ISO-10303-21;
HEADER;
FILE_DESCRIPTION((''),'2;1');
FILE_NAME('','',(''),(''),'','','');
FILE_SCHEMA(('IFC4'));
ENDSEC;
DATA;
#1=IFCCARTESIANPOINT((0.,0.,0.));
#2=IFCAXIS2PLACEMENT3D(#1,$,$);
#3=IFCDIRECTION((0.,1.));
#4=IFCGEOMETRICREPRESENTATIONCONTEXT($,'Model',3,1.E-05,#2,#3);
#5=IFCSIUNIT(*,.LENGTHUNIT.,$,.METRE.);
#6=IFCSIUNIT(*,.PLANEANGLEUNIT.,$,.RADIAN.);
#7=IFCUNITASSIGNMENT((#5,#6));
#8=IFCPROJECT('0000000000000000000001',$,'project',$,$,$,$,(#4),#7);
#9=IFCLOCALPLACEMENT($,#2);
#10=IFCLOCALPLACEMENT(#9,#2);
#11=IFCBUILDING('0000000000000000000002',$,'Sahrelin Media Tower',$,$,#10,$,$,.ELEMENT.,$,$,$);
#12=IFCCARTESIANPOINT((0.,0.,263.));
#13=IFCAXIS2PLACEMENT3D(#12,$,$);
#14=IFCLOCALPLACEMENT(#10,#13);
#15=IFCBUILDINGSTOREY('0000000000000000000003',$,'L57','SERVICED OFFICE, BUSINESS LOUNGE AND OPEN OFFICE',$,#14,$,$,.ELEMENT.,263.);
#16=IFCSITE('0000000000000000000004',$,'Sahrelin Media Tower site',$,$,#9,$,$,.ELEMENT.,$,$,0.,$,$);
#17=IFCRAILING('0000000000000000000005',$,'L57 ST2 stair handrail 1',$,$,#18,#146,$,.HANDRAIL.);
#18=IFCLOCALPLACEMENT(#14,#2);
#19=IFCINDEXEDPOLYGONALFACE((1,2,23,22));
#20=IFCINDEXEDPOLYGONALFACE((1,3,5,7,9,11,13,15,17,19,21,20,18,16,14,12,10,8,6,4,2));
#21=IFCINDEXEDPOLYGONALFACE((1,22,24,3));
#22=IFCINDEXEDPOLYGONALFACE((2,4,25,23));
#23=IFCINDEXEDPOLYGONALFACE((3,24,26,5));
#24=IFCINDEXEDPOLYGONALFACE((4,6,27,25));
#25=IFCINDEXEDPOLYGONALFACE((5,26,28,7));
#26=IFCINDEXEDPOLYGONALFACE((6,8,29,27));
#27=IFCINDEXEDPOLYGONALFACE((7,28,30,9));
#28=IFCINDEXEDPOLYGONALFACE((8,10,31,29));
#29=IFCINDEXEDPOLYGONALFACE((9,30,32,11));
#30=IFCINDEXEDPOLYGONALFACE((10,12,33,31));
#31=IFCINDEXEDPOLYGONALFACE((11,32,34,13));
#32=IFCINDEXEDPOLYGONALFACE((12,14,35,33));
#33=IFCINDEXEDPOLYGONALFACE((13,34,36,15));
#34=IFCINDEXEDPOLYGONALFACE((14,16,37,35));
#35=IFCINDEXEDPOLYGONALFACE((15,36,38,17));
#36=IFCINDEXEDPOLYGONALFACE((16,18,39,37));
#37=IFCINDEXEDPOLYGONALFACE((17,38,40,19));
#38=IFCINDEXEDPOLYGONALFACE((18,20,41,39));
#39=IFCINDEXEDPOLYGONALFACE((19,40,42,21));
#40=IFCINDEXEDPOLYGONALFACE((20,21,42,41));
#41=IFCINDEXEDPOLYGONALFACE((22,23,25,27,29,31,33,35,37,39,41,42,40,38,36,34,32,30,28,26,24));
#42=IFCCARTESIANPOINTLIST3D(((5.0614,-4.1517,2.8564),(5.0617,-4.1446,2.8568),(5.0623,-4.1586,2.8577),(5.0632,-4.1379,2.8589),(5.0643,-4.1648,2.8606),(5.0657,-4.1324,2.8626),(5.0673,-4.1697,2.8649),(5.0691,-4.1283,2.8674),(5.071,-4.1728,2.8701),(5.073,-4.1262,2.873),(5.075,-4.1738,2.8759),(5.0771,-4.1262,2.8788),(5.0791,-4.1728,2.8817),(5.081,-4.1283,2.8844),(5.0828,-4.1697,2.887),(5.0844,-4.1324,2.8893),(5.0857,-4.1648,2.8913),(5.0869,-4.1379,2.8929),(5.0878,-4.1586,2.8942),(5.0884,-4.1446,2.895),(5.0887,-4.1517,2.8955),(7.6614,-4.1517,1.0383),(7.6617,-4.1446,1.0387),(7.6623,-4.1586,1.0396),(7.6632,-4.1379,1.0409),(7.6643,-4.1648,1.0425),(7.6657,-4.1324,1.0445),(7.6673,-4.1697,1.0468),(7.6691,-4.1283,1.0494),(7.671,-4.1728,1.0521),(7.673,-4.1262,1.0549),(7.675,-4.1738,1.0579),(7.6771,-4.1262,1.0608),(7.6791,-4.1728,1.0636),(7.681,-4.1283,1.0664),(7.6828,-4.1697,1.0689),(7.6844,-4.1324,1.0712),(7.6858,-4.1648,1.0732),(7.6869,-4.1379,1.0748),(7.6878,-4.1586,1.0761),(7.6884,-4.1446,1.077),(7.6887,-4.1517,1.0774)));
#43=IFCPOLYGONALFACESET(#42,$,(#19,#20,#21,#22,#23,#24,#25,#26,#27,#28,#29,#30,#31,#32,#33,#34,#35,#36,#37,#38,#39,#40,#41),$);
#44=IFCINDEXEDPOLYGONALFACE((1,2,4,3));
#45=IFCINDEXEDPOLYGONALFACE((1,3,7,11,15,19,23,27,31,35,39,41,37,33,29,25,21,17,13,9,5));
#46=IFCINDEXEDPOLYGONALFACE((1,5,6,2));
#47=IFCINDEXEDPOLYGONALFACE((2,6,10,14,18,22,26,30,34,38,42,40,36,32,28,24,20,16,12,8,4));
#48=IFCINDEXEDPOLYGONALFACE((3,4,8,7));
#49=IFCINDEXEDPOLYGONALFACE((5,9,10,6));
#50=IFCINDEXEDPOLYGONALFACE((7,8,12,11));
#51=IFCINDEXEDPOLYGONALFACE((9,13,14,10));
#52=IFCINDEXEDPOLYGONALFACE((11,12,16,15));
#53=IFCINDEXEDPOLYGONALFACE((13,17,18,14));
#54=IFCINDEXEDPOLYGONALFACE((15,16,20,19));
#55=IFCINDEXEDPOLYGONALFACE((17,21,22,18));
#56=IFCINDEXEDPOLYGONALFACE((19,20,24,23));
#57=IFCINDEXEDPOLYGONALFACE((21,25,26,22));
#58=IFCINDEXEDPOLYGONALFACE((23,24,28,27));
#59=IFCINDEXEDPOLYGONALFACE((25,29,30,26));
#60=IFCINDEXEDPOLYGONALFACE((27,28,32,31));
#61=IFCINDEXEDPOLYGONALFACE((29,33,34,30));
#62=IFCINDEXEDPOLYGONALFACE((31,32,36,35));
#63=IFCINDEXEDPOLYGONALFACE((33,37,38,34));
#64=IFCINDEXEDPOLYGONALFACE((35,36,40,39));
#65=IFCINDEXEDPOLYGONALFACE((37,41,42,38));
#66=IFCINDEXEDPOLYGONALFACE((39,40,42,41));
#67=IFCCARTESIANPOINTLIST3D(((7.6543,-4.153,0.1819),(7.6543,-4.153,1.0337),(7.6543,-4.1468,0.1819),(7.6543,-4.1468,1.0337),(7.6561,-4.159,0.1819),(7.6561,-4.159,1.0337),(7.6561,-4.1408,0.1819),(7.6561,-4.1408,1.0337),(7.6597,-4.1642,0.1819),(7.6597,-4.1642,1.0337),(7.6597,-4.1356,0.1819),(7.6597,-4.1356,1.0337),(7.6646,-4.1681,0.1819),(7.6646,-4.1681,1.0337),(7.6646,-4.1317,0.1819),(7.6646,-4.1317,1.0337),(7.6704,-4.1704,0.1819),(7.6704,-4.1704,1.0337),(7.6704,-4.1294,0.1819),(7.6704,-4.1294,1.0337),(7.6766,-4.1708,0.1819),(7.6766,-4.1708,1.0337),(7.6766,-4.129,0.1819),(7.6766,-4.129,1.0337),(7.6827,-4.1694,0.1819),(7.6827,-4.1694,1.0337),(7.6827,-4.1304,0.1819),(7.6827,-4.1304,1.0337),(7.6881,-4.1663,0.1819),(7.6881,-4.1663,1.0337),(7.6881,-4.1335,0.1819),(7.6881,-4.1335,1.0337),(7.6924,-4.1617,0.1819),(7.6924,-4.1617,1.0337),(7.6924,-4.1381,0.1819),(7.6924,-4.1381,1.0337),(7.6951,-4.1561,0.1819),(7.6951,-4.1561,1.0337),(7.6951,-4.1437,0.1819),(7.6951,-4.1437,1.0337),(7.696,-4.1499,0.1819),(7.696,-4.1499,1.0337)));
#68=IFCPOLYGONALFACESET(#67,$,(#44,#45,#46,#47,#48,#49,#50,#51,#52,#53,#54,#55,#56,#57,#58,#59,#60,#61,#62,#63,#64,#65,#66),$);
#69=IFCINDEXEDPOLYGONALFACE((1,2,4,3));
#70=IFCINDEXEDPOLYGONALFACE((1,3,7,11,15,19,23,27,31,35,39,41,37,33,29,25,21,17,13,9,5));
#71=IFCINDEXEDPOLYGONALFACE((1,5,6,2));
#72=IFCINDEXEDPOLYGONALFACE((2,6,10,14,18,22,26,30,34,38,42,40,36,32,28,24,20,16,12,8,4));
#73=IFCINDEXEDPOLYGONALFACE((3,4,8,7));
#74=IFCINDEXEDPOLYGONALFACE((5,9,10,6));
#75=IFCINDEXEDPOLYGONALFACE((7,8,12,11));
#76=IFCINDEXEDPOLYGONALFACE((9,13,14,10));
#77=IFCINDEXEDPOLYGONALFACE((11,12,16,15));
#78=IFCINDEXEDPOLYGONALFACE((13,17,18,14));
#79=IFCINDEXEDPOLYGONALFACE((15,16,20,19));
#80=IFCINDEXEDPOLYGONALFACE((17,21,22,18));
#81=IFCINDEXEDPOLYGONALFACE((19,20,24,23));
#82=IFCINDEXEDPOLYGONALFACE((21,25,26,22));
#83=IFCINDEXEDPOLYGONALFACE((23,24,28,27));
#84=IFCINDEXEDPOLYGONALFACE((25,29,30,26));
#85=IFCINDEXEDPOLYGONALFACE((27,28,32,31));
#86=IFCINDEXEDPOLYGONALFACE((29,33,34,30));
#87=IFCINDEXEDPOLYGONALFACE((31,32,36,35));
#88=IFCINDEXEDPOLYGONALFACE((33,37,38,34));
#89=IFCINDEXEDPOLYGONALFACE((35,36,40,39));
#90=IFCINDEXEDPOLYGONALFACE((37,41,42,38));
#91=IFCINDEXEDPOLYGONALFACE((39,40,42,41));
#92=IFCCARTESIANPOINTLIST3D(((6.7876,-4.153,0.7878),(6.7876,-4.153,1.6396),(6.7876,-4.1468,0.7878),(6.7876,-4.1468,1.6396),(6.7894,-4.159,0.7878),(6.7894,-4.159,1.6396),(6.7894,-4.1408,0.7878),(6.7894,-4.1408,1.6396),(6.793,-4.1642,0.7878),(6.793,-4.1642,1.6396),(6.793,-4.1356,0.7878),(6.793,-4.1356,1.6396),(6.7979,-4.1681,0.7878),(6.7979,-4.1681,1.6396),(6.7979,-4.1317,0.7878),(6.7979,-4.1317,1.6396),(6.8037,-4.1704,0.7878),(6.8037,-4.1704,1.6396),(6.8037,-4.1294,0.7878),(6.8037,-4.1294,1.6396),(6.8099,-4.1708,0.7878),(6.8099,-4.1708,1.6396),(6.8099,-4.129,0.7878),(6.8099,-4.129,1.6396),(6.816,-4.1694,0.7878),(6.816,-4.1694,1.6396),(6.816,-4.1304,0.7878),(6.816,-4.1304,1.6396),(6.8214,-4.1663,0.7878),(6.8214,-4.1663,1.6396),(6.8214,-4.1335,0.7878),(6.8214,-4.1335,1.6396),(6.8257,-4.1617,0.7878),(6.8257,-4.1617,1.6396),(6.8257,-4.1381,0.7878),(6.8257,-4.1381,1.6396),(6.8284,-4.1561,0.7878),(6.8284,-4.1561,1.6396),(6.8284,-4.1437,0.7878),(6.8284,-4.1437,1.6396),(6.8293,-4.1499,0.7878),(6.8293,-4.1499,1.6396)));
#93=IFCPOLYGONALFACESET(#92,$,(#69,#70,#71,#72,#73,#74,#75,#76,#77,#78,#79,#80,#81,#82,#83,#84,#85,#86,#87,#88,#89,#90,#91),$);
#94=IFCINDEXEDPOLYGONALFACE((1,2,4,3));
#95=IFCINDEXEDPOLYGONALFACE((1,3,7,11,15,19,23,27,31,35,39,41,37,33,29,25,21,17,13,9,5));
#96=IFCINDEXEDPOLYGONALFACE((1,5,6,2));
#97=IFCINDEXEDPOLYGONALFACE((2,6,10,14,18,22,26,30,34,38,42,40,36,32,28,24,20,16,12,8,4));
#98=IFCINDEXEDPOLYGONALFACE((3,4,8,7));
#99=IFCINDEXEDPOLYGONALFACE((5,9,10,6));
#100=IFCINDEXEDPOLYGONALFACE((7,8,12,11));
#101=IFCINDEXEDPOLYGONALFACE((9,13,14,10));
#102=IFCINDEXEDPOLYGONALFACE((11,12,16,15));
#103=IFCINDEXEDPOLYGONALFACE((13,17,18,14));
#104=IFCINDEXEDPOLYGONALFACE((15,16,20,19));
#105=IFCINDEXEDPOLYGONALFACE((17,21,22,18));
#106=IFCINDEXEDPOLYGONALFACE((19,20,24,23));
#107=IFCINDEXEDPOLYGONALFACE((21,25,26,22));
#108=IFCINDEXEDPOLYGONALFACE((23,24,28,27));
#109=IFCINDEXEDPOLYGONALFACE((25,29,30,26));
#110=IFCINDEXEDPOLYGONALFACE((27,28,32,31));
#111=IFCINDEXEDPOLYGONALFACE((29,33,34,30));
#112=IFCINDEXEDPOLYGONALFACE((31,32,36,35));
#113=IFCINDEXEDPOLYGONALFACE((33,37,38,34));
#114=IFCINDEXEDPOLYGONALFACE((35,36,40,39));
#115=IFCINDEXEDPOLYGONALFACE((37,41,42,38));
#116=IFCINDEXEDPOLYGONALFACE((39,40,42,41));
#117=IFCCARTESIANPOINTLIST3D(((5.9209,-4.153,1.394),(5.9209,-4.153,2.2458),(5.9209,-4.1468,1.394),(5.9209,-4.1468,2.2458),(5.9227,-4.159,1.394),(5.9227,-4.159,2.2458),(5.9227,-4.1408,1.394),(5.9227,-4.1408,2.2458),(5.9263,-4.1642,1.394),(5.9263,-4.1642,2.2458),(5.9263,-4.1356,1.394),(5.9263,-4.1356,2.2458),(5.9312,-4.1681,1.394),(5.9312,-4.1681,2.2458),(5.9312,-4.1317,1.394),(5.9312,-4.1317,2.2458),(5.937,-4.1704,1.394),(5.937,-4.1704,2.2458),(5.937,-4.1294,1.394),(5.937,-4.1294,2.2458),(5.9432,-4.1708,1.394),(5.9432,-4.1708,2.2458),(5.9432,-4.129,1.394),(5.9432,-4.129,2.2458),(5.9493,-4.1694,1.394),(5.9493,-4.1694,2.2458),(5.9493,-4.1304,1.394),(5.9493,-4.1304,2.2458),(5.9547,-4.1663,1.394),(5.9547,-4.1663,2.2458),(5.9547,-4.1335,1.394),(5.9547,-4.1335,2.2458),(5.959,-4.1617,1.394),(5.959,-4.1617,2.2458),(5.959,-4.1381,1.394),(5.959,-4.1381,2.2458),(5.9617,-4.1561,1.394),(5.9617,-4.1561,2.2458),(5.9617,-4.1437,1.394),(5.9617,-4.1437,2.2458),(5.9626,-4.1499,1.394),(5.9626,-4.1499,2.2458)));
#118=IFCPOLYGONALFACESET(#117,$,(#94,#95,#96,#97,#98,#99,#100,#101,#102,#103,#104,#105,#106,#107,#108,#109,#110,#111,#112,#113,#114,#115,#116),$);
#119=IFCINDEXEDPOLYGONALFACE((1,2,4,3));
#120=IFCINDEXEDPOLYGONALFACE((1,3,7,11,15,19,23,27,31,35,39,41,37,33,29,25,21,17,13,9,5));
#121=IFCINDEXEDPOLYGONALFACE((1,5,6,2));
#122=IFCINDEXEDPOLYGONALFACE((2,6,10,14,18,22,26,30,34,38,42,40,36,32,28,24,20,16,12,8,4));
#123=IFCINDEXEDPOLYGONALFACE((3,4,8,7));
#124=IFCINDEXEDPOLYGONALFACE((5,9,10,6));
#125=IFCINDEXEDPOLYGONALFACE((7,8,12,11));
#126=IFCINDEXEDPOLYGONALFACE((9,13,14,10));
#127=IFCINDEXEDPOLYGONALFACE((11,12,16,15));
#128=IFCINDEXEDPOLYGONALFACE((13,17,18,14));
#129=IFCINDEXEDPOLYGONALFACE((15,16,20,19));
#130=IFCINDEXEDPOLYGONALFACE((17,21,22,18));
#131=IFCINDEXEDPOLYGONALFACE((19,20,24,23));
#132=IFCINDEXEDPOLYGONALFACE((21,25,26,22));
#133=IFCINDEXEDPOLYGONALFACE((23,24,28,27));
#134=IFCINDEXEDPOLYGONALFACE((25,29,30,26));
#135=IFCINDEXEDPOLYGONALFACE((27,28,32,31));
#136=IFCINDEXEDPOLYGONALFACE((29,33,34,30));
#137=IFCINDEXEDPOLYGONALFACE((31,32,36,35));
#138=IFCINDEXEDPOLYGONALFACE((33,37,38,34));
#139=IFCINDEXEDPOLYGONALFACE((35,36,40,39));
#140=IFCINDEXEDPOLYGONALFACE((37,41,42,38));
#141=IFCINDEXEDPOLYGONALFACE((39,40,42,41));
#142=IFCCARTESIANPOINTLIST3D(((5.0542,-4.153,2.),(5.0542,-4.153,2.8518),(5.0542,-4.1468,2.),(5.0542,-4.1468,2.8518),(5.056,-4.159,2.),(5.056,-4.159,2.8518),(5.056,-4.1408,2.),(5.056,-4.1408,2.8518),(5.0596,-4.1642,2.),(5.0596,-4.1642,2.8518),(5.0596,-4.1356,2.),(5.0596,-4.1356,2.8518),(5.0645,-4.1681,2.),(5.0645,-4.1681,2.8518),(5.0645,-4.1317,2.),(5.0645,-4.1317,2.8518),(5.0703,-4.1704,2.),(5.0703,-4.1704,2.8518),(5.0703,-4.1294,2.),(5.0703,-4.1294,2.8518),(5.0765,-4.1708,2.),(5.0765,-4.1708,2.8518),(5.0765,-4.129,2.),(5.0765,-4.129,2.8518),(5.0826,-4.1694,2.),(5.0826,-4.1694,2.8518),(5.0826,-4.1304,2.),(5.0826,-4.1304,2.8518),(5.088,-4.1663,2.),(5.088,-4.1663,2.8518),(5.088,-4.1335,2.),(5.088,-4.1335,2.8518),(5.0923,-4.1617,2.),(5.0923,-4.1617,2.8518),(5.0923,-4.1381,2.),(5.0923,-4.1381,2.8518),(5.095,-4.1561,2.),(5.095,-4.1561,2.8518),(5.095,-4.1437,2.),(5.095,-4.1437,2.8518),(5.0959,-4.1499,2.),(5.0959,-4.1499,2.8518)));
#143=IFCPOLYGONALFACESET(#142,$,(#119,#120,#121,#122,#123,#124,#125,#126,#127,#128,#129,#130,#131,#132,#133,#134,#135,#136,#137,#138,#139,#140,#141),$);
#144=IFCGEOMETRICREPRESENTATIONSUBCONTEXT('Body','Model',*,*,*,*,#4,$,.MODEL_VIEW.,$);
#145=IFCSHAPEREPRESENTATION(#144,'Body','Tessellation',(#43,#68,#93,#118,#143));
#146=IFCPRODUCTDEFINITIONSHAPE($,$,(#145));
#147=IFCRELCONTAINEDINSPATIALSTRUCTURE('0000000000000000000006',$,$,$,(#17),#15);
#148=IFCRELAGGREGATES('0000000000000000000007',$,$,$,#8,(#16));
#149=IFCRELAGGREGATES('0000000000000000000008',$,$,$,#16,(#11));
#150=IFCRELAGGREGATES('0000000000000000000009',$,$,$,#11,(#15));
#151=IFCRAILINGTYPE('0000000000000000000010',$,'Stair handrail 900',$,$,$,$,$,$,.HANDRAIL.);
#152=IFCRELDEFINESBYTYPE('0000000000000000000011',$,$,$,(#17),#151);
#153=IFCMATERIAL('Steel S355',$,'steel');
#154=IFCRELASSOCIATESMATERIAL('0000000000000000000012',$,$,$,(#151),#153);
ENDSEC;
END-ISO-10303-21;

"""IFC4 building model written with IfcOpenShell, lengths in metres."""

from ifc_helpers import new_model, si_unit, direction, frame, origin, origin_2d, place, context, subcontext, project, spatial, circle, extrude, material, type_object, element, save


model = new_model("IFC4")

# Units and contexts
model_context = context("Model", 3, precision=1e-05, world=origin(), true_north=direction((0.0, 1.0)))
body_context = subcontext(model_context, "Body", "Model", "MODEL_VIEW")
ifc_project = project(units=[si_unit("LENGTHUNIT", "METRE"), si_unit("PLANEANGLEUNIT", "RADIAN")], contexts=[model_context])

# Site, building, storey
site_placement = place(None, origin())
site = spatial("IfcSite", under=ifc_project, at=site_placement, Name="Sahrelin Media Tower site", CompositionType="ELEMENT", RefElevation=0.0)
building_placement = place(site_placement, origin())
building = spatial("IfcBuilding", under=site, at=building_placement, Name="Sahrelin Media Tower", CompositionType="ELEMENT")
storey_placement = place(building_placement, frame((0.0, 0.0, 263.0)))
storey = spatial("IfcBuildingStorey", under=building, at=storey_placement, Name="L57", Description="SERVICED OFFICE, BUSINESS LOUNGE AND OPEN OFFICE", CompositionType="ELEMENT", Elevation=263.0)

# Railing
ifc_material_1 = material(Name="Steel S355", Category="steel")
railing_type_1 = type_object("IfcRailingType", Name="Stair handrail 900", PredefinedType="HANDRAIL", material=ifc_material_1)
railing_1_placement = place(storey_placement, frame((7.675, -4.1499, 0.1819)))
element("IfcRailing", 1, at=railing_1_placement, inside=storey, type_object=railing_type_1, Name="L57 ST2 stair handrail 1", PredefinedType="HANDRAIL", context=body_context, shape_type="SweptSolid", body=[
    extrude(circle(Radius=0.0239, at=origin_2d()), frame((0.0, 0.0, 0.876), z_axis=(-0.819521, 0.0, 0.573049), x_axis=(0.0, -1.0, 0.0)), (0.0, 0.0, 1.0), 3.1726),
    extrude(circle(Radius=0.021, at=origin_2d()), origin(), (0.0, 0.0, 1.0), 0.8518),
    extrude(circle(Radius=0.021, at=origin_2d()), frame((-0.8667, 0.0, 0.606)), (0.0, 0.0, 1.0), 0.8518),
    extrude(circle(Radius=0.021, at=origin_2d()), frame((-1.7334, 0.0, 1.2122)), (0.0, 0.0, 1.0), 0.8518),
    extrude(circle(Radius=0.021, at=origin_2d()), frame((-2.6001, 0.0, 1.8181)), (0.0, 0.0, 1.0), 0.8518),
])

save(model, "model.ifc")
